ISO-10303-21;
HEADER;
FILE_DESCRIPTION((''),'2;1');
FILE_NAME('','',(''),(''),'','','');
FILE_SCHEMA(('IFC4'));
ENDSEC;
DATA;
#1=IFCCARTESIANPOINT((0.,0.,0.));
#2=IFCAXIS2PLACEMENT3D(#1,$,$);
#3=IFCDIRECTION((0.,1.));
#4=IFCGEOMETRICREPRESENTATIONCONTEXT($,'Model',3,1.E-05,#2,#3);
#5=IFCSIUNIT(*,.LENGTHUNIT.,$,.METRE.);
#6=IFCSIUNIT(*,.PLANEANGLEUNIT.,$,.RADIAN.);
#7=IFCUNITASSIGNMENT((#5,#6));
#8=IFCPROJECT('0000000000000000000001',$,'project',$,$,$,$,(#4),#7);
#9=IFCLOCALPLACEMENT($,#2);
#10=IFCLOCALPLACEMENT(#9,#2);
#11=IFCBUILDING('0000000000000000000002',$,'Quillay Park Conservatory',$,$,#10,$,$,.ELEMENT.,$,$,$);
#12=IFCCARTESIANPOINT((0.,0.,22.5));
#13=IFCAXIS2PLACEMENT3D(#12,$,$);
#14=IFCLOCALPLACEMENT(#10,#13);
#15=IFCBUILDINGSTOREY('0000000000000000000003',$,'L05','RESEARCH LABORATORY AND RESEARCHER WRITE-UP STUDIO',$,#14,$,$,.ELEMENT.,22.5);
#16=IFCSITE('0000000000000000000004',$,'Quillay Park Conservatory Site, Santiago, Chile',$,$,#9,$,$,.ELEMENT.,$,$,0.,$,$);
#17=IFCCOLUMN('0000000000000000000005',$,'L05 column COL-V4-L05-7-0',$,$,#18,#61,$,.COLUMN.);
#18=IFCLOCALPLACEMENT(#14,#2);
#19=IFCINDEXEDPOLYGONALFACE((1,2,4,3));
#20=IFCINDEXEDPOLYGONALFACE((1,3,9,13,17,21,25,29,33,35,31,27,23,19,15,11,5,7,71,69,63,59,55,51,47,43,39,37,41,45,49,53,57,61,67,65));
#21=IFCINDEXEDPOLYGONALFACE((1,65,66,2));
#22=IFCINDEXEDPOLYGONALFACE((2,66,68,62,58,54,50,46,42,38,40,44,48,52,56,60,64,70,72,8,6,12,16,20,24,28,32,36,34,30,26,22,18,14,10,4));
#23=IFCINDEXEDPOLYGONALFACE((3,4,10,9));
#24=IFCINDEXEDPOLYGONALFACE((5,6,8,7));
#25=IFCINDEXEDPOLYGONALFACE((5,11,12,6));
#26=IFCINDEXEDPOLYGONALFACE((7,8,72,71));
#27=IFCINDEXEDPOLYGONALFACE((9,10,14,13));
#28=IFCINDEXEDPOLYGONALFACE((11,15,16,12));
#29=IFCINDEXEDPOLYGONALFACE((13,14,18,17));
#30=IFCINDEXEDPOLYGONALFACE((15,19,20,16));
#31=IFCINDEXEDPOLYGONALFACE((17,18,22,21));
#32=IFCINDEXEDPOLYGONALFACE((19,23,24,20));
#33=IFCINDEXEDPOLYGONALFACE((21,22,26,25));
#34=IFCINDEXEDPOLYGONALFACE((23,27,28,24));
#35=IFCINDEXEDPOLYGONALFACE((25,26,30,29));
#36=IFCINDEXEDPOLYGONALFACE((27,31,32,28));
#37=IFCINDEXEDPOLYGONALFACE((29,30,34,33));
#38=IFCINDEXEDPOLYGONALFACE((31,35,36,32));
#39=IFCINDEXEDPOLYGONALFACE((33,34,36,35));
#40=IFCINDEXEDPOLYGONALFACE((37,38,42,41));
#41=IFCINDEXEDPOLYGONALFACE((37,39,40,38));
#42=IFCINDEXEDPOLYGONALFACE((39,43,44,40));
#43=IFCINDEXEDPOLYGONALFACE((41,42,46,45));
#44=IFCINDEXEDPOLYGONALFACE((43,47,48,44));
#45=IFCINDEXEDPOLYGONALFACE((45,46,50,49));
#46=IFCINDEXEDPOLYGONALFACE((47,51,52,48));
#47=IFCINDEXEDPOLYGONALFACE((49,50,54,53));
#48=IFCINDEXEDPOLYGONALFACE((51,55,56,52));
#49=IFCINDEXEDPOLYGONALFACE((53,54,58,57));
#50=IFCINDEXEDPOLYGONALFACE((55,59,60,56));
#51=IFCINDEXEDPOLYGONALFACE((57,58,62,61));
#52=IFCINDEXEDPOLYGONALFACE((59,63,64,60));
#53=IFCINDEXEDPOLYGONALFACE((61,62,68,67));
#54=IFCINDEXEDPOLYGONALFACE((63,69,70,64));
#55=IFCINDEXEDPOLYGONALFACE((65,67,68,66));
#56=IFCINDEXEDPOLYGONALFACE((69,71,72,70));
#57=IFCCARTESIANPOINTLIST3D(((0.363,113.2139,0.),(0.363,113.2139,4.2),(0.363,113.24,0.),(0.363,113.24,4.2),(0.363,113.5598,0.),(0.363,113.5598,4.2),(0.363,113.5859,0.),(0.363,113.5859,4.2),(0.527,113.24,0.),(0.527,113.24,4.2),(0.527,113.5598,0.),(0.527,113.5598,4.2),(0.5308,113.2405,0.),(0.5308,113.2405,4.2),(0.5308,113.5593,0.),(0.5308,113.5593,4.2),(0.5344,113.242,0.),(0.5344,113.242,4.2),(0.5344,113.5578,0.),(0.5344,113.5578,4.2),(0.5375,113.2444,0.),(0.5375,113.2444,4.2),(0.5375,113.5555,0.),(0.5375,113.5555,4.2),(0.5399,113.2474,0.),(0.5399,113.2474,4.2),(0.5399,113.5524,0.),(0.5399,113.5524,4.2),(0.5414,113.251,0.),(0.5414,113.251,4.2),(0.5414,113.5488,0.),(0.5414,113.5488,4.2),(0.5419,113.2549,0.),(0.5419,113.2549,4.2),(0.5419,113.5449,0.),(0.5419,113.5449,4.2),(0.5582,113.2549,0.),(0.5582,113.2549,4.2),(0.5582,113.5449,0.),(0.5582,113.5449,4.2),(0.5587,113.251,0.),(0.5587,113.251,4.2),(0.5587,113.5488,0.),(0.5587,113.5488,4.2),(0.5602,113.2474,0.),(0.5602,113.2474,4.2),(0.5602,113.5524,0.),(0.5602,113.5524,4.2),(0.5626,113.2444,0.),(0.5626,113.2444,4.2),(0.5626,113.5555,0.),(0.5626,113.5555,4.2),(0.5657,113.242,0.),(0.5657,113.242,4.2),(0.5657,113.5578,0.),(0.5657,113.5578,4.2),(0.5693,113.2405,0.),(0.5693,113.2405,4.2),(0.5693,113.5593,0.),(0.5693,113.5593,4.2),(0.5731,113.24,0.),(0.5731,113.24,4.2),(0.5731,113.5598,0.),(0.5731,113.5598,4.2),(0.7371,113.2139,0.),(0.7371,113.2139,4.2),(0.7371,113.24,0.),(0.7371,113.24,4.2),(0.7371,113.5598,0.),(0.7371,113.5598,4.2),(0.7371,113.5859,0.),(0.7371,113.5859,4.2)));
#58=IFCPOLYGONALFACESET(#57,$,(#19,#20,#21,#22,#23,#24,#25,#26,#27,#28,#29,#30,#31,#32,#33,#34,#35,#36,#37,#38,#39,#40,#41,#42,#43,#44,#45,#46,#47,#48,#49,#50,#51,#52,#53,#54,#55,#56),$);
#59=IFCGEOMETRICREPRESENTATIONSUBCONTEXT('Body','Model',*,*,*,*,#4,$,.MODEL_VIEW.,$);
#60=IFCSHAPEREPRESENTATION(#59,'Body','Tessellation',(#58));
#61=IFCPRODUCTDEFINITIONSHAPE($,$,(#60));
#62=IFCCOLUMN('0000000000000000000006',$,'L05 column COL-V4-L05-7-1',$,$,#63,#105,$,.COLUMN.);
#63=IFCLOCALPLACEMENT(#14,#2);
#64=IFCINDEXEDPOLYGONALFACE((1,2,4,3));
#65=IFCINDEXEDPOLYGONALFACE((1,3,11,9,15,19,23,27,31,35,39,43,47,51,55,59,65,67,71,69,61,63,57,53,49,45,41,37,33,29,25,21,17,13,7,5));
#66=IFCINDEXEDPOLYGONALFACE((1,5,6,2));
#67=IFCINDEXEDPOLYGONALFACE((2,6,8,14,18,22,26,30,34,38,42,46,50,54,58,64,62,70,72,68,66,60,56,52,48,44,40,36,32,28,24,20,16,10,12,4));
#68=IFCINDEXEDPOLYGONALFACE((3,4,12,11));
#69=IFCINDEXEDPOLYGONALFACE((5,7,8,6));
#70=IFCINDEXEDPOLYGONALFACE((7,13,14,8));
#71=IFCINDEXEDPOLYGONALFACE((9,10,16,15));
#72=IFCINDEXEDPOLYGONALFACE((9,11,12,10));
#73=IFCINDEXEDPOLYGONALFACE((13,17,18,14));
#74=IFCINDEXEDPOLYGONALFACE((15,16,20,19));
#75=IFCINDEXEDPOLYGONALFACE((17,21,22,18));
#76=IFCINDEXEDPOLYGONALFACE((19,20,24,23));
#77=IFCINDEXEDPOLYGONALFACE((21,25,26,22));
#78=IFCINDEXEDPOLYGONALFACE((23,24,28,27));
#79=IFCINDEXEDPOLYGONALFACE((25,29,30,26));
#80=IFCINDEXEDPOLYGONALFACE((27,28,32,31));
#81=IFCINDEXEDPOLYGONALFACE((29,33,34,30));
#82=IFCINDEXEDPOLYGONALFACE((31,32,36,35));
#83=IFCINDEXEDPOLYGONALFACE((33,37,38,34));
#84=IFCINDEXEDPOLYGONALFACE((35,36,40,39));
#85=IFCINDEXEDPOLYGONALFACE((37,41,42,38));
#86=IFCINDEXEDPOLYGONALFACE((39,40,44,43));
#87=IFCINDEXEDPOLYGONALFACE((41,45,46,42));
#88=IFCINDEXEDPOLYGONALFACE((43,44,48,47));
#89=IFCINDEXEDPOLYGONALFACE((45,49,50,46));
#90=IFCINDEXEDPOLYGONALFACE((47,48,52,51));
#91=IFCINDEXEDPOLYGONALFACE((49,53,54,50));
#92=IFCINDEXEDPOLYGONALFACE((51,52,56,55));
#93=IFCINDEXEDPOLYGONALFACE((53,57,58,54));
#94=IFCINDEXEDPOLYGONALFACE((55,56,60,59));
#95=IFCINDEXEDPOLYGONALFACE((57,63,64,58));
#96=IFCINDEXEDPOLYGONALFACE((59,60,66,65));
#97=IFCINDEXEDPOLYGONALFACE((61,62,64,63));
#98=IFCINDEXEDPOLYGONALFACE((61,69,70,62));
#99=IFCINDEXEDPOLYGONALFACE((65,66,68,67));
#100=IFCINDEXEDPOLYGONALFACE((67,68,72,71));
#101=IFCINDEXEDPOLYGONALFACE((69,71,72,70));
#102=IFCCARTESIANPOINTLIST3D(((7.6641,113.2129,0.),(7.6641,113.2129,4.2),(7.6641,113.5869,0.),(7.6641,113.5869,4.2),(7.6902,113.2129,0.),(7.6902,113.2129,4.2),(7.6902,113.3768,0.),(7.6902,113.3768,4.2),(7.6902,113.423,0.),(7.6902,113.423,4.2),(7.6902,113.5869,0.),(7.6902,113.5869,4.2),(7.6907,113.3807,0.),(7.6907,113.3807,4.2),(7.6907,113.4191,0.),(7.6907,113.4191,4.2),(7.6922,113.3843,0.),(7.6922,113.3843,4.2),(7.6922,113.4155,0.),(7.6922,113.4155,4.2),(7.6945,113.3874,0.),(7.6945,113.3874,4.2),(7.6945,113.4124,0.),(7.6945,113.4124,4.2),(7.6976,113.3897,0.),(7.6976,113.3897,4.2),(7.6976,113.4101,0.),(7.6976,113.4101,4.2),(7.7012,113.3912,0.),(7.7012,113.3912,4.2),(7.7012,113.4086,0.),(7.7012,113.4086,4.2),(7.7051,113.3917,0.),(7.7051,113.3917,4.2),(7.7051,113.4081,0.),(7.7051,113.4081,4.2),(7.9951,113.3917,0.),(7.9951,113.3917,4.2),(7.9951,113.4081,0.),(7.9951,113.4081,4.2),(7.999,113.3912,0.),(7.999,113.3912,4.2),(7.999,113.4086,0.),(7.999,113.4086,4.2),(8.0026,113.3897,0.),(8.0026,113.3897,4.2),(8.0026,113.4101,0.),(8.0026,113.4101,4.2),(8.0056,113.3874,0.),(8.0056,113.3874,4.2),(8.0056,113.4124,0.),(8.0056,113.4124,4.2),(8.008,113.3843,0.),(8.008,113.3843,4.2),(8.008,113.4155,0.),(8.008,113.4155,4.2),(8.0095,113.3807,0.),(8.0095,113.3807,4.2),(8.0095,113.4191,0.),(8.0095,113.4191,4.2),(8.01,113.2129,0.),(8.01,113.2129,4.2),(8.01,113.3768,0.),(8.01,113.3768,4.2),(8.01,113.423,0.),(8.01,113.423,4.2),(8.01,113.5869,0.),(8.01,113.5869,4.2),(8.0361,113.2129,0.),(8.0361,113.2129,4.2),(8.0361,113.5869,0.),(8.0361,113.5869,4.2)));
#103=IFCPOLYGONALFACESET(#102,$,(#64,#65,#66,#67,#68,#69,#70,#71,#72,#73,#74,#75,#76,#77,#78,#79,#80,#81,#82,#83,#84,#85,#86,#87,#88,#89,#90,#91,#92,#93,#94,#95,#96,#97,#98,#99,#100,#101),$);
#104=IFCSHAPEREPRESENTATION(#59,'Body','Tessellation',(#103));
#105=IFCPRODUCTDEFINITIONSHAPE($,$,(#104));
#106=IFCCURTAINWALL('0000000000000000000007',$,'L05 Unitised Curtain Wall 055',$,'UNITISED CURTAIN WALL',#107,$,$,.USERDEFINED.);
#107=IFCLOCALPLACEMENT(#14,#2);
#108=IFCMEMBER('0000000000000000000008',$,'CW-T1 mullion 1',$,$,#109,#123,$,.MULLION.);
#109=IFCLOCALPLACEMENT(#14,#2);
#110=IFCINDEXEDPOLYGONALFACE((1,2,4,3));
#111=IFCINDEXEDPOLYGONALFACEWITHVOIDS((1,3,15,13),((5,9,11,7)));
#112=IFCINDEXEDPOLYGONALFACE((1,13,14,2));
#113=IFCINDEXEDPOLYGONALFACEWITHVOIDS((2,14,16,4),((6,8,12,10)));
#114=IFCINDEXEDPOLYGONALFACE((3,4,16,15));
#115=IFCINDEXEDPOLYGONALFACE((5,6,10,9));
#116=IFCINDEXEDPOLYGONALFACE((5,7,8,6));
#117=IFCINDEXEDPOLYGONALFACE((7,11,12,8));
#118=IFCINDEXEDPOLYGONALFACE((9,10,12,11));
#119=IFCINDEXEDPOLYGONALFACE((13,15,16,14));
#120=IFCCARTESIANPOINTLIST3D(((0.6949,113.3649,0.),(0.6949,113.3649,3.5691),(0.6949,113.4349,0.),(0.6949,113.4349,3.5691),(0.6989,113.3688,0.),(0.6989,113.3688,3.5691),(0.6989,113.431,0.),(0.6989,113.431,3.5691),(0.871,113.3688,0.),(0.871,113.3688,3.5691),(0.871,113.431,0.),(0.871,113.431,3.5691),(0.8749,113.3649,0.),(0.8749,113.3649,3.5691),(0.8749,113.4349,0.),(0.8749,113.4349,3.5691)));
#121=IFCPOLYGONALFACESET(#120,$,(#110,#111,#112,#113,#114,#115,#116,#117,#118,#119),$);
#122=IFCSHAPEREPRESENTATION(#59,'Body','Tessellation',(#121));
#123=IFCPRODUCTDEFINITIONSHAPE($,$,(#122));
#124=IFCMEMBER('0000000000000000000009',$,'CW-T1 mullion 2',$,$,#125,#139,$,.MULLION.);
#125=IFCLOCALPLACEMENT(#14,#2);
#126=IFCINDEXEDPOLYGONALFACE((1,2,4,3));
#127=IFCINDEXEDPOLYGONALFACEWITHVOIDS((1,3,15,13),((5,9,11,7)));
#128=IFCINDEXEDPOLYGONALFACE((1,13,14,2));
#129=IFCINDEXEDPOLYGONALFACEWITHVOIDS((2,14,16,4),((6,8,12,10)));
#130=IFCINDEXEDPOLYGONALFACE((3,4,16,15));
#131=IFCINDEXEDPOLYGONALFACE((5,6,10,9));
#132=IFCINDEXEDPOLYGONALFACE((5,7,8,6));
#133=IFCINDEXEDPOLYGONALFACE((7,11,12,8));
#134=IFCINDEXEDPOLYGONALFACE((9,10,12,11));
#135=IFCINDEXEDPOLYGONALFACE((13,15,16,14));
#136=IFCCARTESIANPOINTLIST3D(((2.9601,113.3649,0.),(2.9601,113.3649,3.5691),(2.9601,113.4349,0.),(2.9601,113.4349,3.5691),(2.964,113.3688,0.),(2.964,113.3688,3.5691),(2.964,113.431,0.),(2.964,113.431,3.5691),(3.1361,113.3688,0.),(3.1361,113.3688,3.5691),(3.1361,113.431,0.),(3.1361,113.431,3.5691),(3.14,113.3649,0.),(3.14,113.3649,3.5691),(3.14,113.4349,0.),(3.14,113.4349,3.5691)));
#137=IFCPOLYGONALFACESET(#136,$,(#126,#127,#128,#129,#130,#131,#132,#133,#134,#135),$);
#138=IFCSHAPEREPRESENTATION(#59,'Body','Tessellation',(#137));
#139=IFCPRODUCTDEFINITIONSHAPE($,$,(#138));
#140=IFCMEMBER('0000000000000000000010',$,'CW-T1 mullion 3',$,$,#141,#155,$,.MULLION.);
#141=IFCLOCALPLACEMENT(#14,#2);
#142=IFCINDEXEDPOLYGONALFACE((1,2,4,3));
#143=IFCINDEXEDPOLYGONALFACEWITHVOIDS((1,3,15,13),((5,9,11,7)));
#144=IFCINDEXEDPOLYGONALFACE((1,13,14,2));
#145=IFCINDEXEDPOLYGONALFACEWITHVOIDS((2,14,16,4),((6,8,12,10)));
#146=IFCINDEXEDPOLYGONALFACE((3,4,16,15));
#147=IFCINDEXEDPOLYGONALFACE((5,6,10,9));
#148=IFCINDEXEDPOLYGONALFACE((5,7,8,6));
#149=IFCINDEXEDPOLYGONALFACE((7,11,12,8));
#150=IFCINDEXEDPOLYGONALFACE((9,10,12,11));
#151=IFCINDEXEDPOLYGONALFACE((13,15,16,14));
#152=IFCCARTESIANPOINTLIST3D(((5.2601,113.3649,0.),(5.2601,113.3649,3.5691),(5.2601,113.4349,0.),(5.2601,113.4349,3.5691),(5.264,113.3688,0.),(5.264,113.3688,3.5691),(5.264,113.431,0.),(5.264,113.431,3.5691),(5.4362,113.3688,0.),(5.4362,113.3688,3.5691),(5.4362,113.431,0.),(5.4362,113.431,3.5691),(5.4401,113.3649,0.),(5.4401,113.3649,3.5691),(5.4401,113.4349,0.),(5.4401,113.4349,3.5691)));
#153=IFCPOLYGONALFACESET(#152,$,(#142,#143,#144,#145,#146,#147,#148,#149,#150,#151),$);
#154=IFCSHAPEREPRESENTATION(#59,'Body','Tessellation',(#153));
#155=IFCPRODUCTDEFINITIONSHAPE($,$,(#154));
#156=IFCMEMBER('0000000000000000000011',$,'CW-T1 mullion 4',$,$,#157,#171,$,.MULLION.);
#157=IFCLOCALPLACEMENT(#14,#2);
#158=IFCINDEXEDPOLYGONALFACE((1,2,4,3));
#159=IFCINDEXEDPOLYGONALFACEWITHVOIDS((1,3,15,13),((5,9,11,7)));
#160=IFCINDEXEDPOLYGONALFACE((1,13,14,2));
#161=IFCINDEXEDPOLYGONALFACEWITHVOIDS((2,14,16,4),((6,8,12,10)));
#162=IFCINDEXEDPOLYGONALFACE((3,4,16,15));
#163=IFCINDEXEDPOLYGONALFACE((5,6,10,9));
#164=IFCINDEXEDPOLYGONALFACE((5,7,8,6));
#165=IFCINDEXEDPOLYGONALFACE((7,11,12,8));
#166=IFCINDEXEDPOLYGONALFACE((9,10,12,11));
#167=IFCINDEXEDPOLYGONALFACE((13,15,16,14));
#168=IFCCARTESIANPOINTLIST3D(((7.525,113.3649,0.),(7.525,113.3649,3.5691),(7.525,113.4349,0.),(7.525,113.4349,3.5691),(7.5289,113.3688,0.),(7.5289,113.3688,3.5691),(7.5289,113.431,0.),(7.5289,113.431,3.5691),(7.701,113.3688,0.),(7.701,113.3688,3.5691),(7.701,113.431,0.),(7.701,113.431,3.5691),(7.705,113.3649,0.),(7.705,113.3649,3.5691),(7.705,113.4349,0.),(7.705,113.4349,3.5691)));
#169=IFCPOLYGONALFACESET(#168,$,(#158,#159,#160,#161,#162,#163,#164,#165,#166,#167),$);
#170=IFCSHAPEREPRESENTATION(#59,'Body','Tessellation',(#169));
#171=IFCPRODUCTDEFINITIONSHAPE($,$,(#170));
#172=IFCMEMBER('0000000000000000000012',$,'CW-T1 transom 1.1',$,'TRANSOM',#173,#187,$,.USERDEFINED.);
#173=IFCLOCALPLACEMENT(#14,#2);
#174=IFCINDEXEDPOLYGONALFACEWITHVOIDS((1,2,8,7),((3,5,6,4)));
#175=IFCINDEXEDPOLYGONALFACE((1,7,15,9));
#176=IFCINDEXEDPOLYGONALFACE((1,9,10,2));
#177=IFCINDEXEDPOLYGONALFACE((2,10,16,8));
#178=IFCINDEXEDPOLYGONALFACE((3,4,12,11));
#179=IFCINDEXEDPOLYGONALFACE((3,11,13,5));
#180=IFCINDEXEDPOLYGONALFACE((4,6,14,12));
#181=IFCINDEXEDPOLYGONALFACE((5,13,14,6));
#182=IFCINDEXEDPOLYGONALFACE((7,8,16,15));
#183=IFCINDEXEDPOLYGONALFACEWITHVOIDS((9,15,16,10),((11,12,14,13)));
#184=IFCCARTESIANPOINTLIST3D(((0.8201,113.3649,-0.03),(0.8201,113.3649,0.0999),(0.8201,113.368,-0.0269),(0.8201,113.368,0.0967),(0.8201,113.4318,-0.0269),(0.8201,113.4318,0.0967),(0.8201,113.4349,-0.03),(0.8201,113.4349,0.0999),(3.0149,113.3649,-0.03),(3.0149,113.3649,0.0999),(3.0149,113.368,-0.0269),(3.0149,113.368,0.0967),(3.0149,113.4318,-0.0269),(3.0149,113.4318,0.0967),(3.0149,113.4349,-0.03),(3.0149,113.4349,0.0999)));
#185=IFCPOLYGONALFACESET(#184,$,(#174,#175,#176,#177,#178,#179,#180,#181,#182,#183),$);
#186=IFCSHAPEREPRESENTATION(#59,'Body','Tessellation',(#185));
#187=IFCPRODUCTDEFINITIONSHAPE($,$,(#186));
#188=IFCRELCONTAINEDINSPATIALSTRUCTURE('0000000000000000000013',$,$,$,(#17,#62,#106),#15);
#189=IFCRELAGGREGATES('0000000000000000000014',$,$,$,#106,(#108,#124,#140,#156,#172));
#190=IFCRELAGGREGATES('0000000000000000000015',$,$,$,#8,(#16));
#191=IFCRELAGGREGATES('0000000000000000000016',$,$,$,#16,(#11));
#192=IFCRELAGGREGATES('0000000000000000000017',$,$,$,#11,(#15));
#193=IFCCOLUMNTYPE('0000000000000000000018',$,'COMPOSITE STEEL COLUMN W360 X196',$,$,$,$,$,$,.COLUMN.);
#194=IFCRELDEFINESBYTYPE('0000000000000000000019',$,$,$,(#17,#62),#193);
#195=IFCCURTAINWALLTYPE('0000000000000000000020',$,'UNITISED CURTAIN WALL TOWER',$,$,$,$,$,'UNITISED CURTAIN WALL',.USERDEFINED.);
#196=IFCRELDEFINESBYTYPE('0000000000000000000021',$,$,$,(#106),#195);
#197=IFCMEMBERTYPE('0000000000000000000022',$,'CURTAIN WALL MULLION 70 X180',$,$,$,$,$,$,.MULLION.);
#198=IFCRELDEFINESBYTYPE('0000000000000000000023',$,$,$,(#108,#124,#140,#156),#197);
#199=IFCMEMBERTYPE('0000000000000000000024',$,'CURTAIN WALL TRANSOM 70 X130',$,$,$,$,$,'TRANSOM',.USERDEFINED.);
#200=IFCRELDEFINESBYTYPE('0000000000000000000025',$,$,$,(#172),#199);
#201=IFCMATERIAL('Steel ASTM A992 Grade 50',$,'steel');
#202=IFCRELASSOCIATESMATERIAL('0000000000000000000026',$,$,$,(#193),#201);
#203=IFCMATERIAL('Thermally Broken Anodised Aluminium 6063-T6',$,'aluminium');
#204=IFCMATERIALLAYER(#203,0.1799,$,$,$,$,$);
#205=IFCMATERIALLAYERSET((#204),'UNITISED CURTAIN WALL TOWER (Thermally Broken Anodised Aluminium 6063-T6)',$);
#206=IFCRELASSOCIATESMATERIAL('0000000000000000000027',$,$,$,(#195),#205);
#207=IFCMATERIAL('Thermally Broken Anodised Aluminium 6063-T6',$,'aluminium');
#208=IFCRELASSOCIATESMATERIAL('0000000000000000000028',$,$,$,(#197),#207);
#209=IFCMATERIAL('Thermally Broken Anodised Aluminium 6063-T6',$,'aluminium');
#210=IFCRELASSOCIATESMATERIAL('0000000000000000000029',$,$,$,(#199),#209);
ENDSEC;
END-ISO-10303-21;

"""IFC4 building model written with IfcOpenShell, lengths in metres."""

from ifc_helpers import new_model, si_unit, direction, frame, origin, origin_2d, place, context, subcontext, project, spatial, hollow_rectangle, i_section, extrude, material, layer, layer_set, material_profile, profile_set, type_object, element, aggregate, save


model = new_model("IFC4")

# Units and contexts
model_context = context("Model", 3, precision=1e-05, world=origin(), true_north=direction((0.0, 1.0)))
body_context = subcontext(model_context, "Body", "Model", "MODEL_VIEW")
ifc_project = project(units=[si_unit("LENGTHUNIT", "METRE"), si_unit("PLANEANGLEUNIT", "RADIAN")], contexts=[model_context])

# Site, building, storey
site_placement = place(None, origin())
site = spatial("IfcSite", under=ifc_project, at=site_placement, Name="Quillay Park Conservatory Site, Santiago, Chile", CompositionType="ELEMENT", RefElevation=0.0)
building_placement = place(site_placement, origin())
building = spatial("IfcBuilding", under=site, at=building_placement, Name="Quillay Park Conservatory", CompositionType="ELEMENT")
storey_placement = place(building_placement, frame((0.0, 0.0, 22.5)))
storey = spatial("IfcBuildingStorey", under=building, at=storey_placement, Name="L05", Description="RESEARCH LABORATORY AND RESEARCHER WRITE-UP STUDIO", CompositionType="ELEMENT", Elevation=22.5)

# Columns
ifc_material_1 = material(Name="Steel ASTM A992 Grade 50", Category="steel")
ifc_material_profile_1 = material_profile(ifc_material_1, i_section(OverallWidth=0.374, OverallDepth=0.3721, WebThickness=0.0164, FlangeThickness=0.0261, FilletRadius=0.0149, at=origin_2d()), Name="W360x196")
ifc_profile_set_1 = profile_set([ifc_material_profile_1], Name="Steel ASTM A992 Grade 50")
column_type = type_object("IfcColumnType", Name="COMPOSITE STEEL COLUMN W360 X196", PredefinedType="COLUMN", material=ifc_profile_set_1)
for number, where, z_axis, x_axis, name in (
    (1, (0.55, 113.3999, 0.0), (0.0, 0.0, 1.0), (1.0, 0.0, 0.0), "L05 column COL-V4-L05-7-0"),
    (2, (7.8501, 113.3999, 0.0), (0.0, 0.0, 1.0), (0.0, 1.0, 0.0), "L05 column COL-V4-L05-7-1"),
):
    element("IfcColumn", number, at=place(storey_placement, frame(where, z_axis=z_axis, x_axis=x_axis)), inside=storey, type_object=column_type, Name=name, PredefinedType="COLUMN", context=body_context, shape_type="SweptSolid", body=[
        extrude(i_section(OverallWidth=0.374, OverallDepth=0.3721, WebThickness=0.0164, FlangeThickness=0.0261, FilletRadius=0.0149, at=origin_2d()), origin(), (0.0, 0.0, 1.0), 4.2),
    ])

# Curtain wall, members
ifc_material_2 = material(Name="Thermally Broken Anodised Aluminium 6063-T6", Category="aluminium")
ifc_layer_1 = layer(ifc_material_2, 0.1799)
ifc_layer_set_1 = layer_set([ifc_layer_1], Name="UNITISED CURTAIN WALL TOWER (Thermally Broken Anodised Aluminium 6063-T6)")
curtain_wall_type = type_object("IfcCurtainWallType", Name="UNITISED CURTAIN WALL TOWER", ElementType="UNITISED CURTAIN WALL", PredefinedType="USERDEFINED", material=ifc_layer_set_1)
curtain_wall_placement = place(storey_placement, origin())
curtain_wall = element("IfcCurtainWall", 3, at=curtain_wall_placement, inside=storey, type_object=curtain_wall_type, Name="L05 Unitised Curtain Wall 055", ObjectType="UNITISED CURTAIN WALL", PredefinedType="USERDEFINED")
ifc_material_3 = material(Name="Thermally Broken Anodised Aluminium 6063-T6", Category="aluminium")
ifc_material_profile_2 = material_profile(ifc_material_3, hollow_rectangle(XDim=0.0701, YDim=0.1799, WallThickness=0.0039, at=origin_2d()), Name="AL70x180x4")
ifc_profile_set_2 = profile_set([ifc_material_profile_2], Name="Thermally Broken Anodised Aluminium 6063-T6")
member_type_1 = type_object("IfcMemberType", Name="CURTAIN WALL MULLION 70 X180", PredefinedType="MULLION", material=ifc_profile_set_2)
member_1_placement = place(storey_placement, frame((0.7849, 113.3999, 0.0), z_axis=(0.0, 0.0, 1.0), x_axis=(0.0, 1.0, 0.0)))
member_1 = element("IfcMember", 4, at=member_1_placement, type_object=member_type_1, Name="CW-T1 mullion 1", PredefinedType="MULLION", context=body_context, shape_type="SweptSolid", body=[
    extrude(hollow_rectangle(XDim=0.0701, YDim=0.1799, WallThickness=0.0039, at=origin_2d()), origin(), (0.0, 0.0, 1.0), 3.5691),
])
member_2_placement = place(storey_placement, frame((3.05, 113.3999, 0.0), z_axis=(0.0, 0.0, 1.0), x_axis=(0.0, 1.0, 0.0)))
member_2 = element("IfcMember", 5, at=member_2_placement, type_object=member_type_1, Name="CW-T1 mullion 2", PredefinedType="MULLION", context=body_context, shape_type="SweptSolid", body=[
    extrude(hollow_rectangle(XDim=0.0701, YDim=0.1799, WallThickness=0.0039, at=origin_2d()), origin(), (0.0, 0.0, 1.0), 3.5691),
])
member_3_placement = place(storey_placement, frame((5.3501, 113.3999, 0.0), z_axis=(0.0, 0.0, 1.0), x_axis=(0.0, 1.0, 0.0)))
member_3 = element("IfcMember", 6, at=member_3_placement, type_object=member_type_1, Name="CW-T1 mullion 3", PredefinedType="MULLION", context=body_context, shape_type="SweptSolid", body=[
    extrude(hollow_rectangle(XDim=0.0701, YDim=0.1799, WallThickness=0.0039, at=origin_2d()), origin(), (0.0, 0.0, 1.0), 3.5691),
])
member_4_placement = place(storey_placement, frame((7.615, 113.3999, 0.0), z_axis=(0.0, 0.0, 1.0), x_axis=(0.0, 1.0, 0.0)))
member_4 = element("IfcMember", 7, at=member_4_placement, type_object=member_type_1, Name="CW-T1 mullion 4", PredefinedType="MULLION", context=body_context, shape_type="SweptSolid", body=[
    extrude(hollow_rectangle(XDim=0.0701, YDim=0.1799, WallThickness=0.0039, at=origin_2d()), origin(), (0.0, 0.0, 1.0), 3.5691),
])
ifc_material_4 = material(Name="Thermally Broken Anodised Aluminium 6063-T6", Category="aluminium")
ifc_material_profile_3 = material_profile(ifc_material_4, hollow_rectangle(XDim=0.0701, YDim=0.1299, WallThickness=0.0032, at=origin_2d()), Name="AL70x130x3.2")
ifc_profile_set_3 = profile_set([ifc_material_profile_3], Name="Thermally Broken Anodised Aluminium 6063-T6")
member_type_2 = type_object("IfcMemberType", Name="CURTAIN WALL TRANSOM 70 X130", ElementType="TRANSOM", PredefinedType="USERDEFINED", material=ifc_profile_set_3)
member_5_placement = place(storey_placement, frame((0.8201, 113.3999, 0.0349), z_axis=(1.0, 0.0, 0.0), x_axis=(0.0, 1.0, 0.0)))
member_5 = element("IfcMember", 8, at=member_5_placement, type_object=member_type_2, Name="CW-T1 transom 1.1", ObjectType="TRANSOM", PredefinedType="USERDEFINED", context=body_context, shape_type="SweptSolid", body=[
    extrude(hollow_rectangle(XDim=0.0701, YDim=0.1299, WallThickness=0.0032, at=origin_2d()), origin(), (0.0, 0.0, 1.0), 2.1948),
])

aggregate(curtain_wall, [member_1, member_2, member_3, member_4, member_5])

save(model, "model.ifc")
